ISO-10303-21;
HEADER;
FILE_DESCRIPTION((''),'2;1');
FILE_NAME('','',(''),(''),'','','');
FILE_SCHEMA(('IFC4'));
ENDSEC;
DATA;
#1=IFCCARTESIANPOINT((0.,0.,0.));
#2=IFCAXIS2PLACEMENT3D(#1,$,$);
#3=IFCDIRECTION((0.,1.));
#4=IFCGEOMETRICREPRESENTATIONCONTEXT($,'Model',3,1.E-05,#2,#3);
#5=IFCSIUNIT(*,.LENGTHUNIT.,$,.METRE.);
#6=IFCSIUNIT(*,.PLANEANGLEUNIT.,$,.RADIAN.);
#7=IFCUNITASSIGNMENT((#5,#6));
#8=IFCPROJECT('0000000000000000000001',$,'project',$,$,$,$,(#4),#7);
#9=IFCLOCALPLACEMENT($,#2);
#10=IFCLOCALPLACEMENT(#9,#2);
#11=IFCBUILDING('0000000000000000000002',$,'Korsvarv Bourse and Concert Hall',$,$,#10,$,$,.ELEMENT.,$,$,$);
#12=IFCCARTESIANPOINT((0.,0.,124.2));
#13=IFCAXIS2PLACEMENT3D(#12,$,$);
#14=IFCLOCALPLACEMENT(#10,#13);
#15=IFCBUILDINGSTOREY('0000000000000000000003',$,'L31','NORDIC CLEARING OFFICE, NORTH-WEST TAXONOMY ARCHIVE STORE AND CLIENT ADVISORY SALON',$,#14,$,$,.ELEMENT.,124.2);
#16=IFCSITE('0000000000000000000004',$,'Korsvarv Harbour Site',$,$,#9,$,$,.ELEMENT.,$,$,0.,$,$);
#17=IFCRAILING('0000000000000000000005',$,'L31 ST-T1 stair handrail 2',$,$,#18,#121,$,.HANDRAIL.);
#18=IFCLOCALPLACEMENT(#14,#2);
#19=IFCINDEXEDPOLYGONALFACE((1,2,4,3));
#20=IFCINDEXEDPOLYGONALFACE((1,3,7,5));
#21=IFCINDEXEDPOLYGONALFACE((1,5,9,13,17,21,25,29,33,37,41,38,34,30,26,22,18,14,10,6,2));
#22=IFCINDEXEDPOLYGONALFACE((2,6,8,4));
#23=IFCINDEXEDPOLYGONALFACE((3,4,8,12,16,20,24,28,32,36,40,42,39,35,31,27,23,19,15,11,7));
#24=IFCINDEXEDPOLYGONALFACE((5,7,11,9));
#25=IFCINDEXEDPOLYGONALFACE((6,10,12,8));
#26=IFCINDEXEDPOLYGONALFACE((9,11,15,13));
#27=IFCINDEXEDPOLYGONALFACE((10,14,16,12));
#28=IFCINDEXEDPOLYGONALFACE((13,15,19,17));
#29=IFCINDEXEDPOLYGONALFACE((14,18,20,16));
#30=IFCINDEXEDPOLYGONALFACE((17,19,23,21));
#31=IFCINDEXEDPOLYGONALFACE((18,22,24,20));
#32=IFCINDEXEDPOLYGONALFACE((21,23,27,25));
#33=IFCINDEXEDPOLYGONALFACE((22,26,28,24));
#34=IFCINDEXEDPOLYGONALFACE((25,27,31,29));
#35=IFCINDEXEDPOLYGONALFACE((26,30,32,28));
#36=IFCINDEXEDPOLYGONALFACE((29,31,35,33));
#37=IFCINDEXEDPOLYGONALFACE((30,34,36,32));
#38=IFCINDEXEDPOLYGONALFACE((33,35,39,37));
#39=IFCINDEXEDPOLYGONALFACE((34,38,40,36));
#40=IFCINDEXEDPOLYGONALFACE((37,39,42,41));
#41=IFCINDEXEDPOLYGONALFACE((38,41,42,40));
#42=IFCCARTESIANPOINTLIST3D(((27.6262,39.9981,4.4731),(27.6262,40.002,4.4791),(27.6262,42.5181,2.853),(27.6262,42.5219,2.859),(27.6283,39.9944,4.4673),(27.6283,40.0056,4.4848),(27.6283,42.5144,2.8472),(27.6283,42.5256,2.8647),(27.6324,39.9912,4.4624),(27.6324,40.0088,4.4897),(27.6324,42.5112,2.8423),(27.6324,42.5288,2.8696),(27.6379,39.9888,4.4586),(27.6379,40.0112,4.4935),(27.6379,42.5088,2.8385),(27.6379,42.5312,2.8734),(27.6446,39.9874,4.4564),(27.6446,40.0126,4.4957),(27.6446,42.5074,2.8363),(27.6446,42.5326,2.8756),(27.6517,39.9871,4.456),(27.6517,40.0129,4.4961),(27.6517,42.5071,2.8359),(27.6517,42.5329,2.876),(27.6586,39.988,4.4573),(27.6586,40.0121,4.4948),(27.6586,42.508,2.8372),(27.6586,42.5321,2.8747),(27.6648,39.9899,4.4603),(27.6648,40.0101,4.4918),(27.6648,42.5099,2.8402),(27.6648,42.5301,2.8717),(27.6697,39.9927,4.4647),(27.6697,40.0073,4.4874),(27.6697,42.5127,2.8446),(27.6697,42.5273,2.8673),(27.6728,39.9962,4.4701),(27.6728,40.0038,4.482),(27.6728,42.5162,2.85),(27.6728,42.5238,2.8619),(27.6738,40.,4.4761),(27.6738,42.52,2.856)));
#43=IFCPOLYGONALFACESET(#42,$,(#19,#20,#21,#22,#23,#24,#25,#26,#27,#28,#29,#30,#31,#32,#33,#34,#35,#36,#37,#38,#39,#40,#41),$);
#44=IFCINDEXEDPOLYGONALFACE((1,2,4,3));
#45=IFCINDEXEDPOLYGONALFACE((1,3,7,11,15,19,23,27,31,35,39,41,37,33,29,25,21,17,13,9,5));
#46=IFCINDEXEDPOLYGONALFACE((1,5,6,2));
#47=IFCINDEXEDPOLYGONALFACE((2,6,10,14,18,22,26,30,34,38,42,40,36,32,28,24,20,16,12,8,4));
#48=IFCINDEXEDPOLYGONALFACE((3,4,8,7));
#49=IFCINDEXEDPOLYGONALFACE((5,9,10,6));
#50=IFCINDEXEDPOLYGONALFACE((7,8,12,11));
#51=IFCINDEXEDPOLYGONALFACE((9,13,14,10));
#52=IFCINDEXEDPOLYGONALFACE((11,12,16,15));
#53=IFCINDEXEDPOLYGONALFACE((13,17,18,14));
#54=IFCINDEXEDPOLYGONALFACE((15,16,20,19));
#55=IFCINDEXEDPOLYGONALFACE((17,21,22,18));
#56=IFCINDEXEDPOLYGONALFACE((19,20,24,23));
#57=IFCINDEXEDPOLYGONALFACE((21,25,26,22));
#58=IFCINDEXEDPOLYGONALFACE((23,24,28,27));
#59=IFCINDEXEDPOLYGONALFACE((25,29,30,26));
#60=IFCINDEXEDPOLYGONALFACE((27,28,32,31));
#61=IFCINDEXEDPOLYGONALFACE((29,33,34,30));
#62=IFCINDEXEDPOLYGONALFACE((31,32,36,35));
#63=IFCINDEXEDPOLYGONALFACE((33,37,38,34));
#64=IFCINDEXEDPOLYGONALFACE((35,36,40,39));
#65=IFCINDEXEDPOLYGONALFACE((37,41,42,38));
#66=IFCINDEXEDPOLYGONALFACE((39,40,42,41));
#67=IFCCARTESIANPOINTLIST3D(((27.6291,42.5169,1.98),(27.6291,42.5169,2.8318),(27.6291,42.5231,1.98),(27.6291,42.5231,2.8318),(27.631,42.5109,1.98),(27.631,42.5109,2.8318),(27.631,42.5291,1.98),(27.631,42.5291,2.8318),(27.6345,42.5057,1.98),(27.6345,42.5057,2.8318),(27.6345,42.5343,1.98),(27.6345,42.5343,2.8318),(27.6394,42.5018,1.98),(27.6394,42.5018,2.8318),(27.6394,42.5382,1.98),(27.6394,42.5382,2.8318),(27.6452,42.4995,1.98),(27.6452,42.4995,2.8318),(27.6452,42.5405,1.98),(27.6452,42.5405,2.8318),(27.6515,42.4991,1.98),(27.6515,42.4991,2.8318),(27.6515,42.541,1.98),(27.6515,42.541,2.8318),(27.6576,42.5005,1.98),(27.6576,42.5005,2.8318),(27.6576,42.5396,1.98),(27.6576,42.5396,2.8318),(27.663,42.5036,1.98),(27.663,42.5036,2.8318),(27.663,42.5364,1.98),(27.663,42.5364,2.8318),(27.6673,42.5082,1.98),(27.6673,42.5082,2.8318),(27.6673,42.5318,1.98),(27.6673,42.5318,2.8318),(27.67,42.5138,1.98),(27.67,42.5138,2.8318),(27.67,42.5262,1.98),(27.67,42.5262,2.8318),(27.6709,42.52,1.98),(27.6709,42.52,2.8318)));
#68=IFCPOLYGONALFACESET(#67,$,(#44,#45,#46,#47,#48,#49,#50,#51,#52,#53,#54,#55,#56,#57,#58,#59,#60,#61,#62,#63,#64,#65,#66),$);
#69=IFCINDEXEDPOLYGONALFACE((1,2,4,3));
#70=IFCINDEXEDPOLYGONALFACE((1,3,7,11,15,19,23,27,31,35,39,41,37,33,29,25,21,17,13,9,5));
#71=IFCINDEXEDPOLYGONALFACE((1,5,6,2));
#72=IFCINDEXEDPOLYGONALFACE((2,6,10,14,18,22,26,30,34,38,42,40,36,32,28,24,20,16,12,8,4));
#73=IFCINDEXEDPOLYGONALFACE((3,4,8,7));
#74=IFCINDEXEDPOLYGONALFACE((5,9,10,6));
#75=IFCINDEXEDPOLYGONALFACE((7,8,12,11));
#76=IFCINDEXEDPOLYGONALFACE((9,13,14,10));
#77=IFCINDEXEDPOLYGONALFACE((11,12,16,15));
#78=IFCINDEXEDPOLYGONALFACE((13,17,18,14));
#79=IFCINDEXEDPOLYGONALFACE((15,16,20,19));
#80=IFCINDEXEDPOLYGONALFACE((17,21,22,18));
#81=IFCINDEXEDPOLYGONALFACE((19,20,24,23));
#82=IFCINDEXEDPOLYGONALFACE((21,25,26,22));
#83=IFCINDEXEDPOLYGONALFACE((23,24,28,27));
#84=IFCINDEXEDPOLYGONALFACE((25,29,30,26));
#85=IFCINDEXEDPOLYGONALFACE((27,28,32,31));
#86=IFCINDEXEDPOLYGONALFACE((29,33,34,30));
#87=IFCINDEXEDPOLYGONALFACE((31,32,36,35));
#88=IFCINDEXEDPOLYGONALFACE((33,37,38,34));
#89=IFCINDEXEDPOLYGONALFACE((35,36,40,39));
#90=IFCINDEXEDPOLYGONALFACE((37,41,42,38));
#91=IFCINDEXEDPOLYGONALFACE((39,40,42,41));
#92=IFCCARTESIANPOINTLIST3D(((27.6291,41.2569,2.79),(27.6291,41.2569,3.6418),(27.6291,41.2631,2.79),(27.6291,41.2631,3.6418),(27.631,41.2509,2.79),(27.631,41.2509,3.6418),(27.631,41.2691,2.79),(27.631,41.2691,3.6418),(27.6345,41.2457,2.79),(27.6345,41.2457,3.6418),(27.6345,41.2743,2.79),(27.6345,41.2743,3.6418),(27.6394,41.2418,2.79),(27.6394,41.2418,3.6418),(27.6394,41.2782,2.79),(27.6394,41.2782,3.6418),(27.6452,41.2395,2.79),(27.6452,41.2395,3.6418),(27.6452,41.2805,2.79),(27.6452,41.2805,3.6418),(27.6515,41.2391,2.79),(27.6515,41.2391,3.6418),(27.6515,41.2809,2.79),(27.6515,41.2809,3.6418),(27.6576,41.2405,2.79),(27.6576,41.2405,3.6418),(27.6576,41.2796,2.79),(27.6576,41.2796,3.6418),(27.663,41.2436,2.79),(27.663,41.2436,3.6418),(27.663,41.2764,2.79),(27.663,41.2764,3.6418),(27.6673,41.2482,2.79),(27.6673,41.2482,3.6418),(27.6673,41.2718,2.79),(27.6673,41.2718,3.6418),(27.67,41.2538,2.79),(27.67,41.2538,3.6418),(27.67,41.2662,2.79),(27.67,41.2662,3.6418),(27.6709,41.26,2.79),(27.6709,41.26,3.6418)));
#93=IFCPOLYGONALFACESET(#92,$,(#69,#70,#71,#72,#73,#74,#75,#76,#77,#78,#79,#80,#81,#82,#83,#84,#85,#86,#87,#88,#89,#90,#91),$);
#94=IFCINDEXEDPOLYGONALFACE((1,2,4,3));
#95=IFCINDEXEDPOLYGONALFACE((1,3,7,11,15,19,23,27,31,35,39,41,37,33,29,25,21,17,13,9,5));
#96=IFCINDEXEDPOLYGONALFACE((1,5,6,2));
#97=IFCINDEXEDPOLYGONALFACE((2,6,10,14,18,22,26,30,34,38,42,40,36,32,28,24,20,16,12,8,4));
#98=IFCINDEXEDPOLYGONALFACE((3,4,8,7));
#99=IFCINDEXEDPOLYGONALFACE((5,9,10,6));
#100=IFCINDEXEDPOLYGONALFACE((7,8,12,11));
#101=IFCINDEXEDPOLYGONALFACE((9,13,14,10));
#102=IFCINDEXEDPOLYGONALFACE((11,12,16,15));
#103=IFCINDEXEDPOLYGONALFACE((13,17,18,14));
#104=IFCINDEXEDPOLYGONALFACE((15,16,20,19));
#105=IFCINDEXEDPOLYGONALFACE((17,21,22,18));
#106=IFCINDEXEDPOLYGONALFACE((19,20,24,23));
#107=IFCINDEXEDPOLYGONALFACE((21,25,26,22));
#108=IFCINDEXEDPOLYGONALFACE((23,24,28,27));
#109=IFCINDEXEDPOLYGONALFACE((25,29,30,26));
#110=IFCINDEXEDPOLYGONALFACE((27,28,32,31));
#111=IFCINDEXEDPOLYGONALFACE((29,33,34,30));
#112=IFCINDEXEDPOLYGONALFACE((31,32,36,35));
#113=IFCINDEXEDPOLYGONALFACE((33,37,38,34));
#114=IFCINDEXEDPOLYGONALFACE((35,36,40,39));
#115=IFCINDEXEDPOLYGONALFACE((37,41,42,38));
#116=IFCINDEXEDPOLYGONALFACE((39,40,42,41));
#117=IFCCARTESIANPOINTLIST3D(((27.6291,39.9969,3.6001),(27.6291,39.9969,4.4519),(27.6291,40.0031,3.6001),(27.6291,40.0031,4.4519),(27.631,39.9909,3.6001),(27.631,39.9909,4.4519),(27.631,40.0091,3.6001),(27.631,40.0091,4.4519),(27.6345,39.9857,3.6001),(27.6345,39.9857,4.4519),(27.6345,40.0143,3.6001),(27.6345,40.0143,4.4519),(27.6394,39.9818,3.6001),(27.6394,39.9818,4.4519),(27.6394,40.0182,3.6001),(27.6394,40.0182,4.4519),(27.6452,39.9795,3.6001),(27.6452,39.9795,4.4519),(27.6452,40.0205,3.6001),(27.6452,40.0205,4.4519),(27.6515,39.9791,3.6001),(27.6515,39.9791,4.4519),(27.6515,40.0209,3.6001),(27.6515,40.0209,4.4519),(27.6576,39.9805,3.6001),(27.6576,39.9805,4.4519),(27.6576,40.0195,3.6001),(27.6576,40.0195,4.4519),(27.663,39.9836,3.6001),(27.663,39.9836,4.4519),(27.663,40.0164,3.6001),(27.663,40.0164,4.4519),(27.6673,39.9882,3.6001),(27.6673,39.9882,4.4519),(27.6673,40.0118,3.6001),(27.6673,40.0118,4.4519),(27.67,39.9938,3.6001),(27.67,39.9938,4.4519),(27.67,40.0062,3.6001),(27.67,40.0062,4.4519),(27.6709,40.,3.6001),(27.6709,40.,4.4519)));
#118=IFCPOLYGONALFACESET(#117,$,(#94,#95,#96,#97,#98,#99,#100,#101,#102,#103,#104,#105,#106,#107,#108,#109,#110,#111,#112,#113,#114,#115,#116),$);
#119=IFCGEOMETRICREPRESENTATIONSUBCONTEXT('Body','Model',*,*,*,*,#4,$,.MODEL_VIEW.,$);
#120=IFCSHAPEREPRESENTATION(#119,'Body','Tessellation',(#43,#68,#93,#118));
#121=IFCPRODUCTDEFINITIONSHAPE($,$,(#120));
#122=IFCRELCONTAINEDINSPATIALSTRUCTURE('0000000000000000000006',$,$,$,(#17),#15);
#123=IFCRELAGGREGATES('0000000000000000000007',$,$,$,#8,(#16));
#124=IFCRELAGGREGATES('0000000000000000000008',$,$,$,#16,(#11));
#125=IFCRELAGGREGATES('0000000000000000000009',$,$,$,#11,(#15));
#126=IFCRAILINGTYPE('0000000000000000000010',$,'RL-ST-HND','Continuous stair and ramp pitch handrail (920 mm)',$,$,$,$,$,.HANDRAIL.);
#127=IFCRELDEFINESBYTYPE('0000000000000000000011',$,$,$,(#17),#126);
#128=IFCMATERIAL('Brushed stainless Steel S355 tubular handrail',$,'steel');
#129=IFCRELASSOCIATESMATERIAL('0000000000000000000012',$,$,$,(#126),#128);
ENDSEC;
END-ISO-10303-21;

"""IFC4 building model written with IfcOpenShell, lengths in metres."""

from ifc_helpers import new_model, si_unit, direction, frame, origin, origin_2d, place, context, subcontext, project, spatial, circle, extrude, material, type_object, element, save


model = new_model("IFC4")

# Units and contexts
model_context = context("Model", 3, precision=1e-05, world=origin(), true_north=direction((0.0, 1.0)))
body_context = subcontext(model_context, "Body", "Model", "MODEL_VIEW")
ifc_project = project(units=[si_unit("LENGTHUNIT", "METRE"), si_unit("PLANEANGLEUNIT", "RADIAN")], contexts=[model_context])

# Site, building, storey
site_placement = place(None, origin())
site = spatial("IfcSite", under=ifc_project, at=site_placement, Name="Korsvarv Harbour Site", CompositionType="ELEMENT", RefElevation=0.0)
building_placement = place(site_placement, origin())
building = spatial("IfcBuilding", under=site, at=building_placement, Name="Korsvarv Bourse and Concert Hall", CompositionType="ELEMENT")
storey_placement = place(building_placement, frame((0.0, 0.0, 124.2)))
storey = spatial("IfcBuildingStorey", under=building, at=storey_placement, Name="L31", Description="NORDIC CLEARING OFFICE, NORTH-WEST TAXONOMY ARCHIVE STORE AND CLIENT ADVISORY SALON", CompositionType="ELEMENT", Elevation=124.2)

# Railing
ifc_material_1 = material(Name="Brushed stainless Steel S355 tubular handrail", Category="steel")
railing_type_1 = type_object("IfcRailingType", Name="RL-ST-HND", Description="Continuous stair and ramp pitch handrail (920 mm)", PredefinedType="HANDRAIL", material=ifc_material_1)
railing_1_placement = place(storey_placement, frame((27.6499, 42.52, 1.98)))
element("IfcRailing", 1, at=railing_1_placement, inside=storey, type_object=railing_type_1, Name="L31 ST-T1 stair handrail 2", PredefinedType="HANDRAIL", context=body_context, shape_type="SweptSolid", body=[
    extrude(circle(Radius=0.0239, at=origin_2d()), frame((0.0, 0.0, 0.876), z_axis=(0.0, -0.841163, 0.540782), x_axis=(1.0, 0.0, 0.0)), (0.0, 0.0, 1.0), 2.9958),
    extrude(circle(Radius=0.021, at=origin_2d()), origin(), (0.0, 0.0, 1.0), 0.8518),
    extrude(circle(Radius=0.021, at=origin_2d()), frame((0.0, -1.26, 0.8101)), (0.0, 0.0, 1.0), 0.8518),
    extrude(circle(Radius=0.021, at=origin_2d()), frame((0.0, -2.52, 1.6201)), (0.0, 0.0, 1.0), 0.8518),
])

save(model, "model.ifc")
